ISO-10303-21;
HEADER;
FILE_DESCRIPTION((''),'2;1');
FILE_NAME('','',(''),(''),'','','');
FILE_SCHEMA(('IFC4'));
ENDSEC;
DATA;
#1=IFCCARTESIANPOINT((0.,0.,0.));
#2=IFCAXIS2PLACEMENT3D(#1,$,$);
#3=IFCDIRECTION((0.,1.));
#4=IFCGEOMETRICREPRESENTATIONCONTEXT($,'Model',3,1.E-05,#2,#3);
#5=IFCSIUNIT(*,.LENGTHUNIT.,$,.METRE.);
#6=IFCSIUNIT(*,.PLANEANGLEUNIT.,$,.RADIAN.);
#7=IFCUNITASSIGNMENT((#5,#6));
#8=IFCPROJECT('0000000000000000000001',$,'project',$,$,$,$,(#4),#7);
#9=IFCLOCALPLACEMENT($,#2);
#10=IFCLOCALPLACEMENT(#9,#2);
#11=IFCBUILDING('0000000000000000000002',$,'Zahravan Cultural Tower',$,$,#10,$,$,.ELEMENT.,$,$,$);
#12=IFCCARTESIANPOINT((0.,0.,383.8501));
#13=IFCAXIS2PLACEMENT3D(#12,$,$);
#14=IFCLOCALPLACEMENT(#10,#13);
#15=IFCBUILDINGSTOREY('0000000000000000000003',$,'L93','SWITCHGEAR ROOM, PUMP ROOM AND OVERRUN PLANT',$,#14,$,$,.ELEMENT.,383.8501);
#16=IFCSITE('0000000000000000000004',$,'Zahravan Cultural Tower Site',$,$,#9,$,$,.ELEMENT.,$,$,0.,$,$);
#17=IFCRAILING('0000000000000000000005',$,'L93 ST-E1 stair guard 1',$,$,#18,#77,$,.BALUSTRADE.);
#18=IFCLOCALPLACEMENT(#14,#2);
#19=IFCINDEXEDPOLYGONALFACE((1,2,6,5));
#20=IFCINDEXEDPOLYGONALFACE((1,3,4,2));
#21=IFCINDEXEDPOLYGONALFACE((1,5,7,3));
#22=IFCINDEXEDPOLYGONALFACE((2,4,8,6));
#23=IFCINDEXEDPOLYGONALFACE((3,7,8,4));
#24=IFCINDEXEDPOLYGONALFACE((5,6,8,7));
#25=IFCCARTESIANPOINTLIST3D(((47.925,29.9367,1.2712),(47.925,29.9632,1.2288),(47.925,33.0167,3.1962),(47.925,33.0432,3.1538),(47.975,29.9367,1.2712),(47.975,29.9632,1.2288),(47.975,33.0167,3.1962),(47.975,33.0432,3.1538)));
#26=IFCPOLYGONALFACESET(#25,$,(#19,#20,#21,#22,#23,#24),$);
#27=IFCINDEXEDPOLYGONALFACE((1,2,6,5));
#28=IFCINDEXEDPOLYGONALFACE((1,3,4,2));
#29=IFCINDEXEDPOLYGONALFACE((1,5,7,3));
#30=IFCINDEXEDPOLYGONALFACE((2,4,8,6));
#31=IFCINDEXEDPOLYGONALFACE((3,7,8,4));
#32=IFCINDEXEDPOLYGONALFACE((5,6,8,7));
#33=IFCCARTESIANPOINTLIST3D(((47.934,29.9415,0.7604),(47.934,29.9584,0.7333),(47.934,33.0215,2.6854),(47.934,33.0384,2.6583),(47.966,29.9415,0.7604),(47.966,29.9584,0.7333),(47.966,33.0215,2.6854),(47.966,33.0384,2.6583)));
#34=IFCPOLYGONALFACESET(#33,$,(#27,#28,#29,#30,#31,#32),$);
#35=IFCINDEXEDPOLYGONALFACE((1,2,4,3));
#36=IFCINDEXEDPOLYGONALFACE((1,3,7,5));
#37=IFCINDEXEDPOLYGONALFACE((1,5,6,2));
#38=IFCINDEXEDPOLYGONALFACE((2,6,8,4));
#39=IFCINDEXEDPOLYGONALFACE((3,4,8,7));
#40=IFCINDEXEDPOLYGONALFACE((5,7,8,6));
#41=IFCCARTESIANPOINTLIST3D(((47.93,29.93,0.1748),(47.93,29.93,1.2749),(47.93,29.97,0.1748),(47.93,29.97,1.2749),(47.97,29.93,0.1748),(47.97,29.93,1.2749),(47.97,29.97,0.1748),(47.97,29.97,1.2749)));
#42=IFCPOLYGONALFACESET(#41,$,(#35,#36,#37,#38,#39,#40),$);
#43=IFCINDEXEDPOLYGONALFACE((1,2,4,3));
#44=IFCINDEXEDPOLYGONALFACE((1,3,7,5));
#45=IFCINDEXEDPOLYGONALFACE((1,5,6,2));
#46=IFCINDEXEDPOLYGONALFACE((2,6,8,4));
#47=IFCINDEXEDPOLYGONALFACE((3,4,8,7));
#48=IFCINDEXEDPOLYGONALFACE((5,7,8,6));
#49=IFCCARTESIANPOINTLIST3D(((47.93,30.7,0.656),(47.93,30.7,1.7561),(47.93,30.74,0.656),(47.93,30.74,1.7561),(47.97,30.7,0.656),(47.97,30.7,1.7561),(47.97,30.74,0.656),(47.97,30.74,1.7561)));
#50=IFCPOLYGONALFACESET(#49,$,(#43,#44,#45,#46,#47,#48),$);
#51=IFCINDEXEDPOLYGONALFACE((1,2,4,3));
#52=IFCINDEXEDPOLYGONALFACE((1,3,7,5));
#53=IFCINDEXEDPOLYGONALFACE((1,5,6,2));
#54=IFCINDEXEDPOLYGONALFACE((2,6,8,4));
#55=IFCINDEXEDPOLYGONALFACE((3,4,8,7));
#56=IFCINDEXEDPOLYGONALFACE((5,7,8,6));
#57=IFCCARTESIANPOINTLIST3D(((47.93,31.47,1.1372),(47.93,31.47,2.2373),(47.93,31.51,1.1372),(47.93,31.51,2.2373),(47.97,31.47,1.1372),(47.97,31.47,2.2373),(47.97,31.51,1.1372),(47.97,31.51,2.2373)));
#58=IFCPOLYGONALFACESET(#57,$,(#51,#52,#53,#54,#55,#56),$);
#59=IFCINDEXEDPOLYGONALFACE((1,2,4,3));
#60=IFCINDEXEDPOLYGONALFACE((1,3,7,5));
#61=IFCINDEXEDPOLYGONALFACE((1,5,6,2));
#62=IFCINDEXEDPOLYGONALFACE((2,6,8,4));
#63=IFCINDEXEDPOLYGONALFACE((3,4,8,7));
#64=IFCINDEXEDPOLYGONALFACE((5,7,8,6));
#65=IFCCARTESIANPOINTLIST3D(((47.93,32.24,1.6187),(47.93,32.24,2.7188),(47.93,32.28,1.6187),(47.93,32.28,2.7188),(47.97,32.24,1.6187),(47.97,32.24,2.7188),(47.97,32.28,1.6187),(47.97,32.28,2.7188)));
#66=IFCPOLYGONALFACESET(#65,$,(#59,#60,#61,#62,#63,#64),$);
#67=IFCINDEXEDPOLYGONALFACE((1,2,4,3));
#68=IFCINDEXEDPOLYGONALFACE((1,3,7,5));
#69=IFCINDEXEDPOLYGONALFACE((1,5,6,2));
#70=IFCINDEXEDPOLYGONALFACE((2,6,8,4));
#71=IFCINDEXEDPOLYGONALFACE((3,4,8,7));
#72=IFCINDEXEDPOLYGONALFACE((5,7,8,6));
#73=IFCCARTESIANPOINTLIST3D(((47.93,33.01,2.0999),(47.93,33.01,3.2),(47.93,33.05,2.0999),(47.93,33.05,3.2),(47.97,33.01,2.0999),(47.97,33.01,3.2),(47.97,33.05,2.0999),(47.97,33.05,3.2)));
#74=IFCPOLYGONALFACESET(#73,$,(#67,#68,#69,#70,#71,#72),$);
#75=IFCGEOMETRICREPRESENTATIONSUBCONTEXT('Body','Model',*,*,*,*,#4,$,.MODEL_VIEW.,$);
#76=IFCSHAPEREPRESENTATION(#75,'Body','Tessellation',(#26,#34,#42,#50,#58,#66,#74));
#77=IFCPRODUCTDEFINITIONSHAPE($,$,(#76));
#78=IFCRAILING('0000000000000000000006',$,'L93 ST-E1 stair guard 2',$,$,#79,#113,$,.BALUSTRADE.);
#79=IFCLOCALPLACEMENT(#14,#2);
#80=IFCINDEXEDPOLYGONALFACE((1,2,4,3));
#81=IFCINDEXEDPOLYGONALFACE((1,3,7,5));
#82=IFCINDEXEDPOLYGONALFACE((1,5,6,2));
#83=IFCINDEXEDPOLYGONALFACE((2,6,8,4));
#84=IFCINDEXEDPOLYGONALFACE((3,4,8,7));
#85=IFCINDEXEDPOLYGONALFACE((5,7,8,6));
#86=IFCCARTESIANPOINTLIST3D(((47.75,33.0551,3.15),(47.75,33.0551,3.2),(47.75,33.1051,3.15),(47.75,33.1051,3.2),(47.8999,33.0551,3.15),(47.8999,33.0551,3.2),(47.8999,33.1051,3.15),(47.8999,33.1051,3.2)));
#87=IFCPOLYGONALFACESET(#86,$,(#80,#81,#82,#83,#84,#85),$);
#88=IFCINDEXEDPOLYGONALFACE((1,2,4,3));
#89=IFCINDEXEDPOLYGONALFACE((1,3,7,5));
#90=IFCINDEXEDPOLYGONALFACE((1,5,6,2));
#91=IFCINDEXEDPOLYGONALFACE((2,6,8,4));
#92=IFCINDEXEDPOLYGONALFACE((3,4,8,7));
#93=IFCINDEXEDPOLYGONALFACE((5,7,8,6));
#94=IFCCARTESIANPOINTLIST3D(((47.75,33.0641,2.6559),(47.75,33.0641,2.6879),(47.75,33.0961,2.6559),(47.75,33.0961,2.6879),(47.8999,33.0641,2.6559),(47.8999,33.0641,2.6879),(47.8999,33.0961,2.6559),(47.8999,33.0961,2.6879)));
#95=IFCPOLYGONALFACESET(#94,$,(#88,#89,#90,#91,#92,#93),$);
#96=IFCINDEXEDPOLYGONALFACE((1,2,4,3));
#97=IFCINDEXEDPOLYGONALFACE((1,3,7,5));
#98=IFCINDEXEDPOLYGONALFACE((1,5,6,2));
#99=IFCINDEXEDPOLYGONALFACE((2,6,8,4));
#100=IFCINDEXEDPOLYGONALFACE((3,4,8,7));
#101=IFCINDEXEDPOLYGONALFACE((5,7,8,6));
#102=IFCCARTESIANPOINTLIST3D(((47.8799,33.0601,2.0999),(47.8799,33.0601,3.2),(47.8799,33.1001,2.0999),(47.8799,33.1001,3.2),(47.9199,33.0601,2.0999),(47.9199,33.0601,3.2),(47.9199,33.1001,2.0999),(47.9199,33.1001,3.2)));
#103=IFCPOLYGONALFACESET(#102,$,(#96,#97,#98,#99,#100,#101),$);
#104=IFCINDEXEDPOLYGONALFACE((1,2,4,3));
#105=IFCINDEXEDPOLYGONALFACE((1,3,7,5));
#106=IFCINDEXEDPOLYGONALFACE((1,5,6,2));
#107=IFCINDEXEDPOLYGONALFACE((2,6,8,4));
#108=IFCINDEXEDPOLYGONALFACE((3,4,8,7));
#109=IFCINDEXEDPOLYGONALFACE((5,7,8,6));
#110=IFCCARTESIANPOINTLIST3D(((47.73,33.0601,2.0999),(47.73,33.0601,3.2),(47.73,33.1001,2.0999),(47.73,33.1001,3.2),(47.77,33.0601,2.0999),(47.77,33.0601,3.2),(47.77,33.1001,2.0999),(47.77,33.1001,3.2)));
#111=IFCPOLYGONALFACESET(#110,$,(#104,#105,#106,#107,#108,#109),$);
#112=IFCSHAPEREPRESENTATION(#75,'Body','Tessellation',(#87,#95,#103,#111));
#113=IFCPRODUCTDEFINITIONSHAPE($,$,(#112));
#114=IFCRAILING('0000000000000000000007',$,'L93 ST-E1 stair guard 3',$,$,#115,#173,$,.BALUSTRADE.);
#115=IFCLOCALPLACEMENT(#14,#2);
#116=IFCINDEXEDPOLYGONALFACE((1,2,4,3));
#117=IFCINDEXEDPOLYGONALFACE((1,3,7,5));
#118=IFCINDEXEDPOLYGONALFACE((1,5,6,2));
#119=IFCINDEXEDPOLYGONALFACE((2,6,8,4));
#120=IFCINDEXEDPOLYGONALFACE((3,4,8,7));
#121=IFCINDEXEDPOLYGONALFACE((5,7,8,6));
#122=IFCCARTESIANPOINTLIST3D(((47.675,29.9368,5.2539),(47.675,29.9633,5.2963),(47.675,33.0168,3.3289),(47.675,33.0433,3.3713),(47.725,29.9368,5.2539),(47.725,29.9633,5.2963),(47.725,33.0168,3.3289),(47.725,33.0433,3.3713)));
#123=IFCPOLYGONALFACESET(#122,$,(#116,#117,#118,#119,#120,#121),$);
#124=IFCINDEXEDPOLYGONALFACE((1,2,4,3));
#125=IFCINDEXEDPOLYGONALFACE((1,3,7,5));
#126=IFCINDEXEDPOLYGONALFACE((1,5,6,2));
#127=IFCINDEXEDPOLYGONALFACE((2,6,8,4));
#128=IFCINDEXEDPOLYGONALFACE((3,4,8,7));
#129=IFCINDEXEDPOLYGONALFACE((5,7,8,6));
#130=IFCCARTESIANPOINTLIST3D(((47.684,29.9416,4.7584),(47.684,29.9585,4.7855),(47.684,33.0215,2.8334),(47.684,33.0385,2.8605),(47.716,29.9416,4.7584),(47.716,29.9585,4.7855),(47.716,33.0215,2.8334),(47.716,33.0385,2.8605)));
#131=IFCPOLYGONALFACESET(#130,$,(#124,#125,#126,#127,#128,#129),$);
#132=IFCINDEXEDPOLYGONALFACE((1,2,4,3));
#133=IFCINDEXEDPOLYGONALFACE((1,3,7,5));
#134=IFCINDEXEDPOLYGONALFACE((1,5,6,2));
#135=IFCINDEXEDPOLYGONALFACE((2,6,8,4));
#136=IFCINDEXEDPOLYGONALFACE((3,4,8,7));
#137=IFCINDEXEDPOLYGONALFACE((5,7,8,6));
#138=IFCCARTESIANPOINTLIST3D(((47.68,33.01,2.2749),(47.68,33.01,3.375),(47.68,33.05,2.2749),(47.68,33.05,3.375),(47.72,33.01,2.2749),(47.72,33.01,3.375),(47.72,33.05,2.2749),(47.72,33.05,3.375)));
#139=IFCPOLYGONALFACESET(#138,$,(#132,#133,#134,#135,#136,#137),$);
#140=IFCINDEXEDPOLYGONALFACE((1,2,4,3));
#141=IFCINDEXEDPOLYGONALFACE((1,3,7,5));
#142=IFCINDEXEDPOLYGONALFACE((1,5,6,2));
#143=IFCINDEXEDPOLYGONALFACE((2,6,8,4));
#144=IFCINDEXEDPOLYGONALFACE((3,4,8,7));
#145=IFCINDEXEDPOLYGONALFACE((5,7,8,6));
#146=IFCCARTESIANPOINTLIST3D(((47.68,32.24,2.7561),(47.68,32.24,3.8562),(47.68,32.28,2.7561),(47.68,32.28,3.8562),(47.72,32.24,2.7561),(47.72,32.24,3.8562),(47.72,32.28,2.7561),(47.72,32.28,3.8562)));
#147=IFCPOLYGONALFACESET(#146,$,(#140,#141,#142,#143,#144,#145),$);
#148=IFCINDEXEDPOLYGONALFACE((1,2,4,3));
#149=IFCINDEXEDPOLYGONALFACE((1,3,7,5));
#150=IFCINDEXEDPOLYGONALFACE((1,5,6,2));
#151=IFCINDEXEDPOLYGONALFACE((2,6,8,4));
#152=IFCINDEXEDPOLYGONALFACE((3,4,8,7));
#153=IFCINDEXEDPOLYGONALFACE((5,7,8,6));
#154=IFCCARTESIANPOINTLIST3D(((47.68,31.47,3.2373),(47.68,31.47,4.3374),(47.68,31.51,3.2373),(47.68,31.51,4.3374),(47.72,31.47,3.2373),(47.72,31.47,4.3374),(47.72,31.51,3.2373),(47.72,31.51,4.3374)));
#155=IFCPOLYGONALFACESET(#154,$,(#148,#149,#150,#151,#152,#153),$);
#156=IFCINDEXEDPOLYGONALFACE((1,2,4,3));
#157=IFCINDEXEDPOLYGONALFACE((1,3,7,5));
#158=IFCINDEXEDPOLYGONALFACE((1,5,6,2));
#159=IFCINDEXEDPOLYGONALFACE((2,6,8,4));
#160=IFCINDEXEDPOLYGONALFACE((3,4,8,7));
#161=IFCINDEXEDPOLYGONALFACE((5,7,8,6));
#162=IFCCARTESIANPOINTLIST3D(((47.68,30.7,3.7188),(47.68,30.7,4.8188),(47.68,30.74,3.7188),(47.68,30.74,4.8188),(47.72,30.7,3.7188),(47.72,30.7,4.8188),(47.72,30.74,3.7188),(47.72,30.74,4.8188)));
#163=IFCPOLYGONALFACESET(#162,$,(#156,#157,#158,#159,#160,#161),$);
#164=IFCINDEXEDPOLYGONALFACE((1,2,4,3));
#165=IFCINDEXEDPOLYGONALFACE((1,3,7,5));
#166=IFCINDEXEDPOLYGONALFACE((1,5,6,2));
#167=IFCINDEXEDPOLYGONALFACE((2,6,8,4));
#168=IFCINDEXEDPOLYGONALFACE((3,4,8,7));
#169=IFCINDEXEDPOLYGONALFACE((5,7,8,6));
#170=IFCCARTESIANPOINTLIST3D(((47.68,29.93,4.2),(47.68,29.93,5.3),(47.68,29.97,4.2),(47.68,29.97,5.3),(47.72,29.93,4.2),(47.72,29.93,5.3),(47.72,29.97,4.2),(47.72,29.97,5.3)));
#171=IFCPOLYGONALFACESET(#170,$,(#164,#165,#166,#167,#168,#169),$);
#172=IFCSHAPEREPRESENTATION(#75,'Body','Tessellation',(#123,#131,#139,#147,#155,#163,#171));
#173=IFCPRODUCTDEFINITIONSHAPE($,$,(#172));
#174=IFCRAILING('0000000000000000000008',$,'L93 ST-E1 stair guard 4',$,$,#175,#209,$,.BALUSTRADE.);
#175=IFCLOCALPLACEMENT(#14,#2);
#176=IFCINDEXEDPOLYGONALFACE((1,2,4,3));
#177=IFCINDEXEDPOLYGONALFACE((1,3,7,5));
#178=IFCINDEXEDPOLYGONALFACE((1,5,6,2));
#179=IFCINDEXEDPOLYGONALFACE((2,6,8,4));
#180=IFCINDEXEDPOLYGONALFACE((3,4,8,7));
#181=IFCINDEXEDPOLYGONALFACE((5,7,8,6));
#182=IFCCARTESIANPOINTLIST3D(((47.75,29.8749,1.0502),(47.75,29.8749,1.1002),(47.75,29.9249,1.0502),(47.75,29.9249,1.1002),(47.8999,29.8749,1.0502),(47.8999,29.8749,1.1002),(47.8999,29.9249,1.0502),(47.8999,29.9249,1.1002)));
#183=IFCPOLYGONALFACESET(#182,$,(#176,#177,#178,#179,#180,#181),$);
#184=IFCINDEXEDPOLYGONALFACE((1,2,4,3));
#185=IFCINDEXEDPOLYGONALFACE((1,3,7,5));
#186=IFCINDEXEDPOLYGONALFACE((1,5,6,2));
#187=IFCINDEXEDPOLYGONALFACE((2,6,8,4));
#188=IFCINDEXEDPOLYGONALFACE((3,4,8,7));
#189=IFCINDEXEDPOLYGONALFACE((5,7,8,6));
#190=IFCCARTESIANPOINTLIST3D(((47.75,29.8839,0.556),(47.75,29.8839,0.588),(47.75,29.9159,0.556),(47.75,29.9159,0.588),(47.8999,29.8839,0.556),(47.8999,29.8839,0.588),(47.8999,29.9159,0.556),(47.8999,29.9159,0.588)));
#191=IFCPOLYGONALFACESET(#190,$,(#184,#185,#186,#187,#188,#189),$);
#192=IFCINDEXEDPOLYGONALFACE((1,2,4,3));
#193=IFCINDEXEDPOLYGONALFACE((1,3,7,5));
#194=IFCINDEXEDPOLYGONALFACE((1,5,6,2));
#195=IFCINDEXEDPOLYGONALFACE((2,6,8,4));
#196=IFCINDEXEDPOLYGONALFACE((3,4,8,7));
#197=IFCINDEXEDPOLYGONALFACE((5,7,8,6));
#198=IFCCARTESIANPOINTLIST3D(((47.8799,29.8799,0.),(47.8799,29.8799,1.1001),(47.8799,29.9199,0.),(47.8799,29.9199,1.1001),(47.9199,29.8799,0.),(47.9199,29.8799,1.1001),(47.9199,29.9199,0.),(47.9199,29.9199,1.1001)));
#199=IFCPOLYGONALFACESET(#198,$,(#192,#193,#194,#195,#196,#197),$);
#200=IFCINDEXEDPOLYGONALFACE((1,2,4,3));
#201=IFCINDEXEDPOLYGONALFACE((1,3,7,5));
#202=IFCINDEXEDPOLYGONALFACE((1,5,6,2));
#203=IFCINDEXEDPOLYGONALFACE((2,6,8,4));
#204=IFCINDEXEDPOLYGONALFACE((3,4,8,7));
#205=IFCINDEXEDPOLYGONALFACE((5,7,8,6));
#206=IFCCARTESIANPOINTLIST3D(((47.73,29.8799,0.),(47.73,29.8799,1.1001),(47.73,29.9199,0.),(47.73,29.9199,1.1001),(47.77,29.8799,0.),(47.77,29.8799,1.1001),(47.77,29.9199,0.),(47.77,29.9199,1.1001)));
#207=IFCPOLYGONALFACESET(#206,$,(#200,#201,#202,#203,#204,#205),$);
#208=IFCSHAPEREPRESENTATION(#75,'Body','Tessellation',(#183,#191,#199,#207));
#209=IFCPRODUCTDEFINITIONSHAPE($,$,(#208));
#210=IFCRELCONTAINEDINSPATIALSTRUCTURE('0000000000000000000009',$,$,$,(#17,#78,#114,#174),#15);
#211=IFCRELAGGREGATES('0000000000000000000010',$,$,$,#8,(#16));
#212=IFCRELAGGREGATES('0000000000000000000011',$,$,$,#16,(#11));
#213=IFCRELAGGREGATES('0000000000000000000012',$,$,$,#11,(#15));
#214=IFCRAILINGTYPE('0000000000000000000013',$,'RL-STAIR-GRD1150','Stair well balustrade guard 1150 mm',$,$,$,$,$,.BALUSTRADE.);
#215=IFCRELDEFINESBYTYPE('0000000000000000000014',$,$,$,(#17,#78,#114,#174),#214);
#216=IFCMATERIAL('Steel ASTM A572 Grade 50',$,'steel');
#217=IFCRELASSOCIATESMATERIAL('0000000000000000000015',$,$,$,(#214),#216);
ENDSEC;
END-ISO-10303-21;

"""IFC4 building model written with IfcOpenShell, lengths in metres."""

from ifc_helpers import new_model, si_unit, direction, frame, origin, origin_2d, place, context, subcontext, project, spatial, rectangle, extrude, material, type_object, element, save


model = new_model("IFC4")

# Units and contexts
model_context = context("Model", 3, precision=1e-05, world=origin(), true_north=direction((0.0, 1.0)))
body_context = subcontext(model_context, "Body", "Model", "MODEL_VIEW")
ifc_project = project(units=[si_unit("LENGTHUNIT", "METRE"), si_unit("PLANEANGLEUNIT", "RADIAN")], contexts=[model_context])

# Site, building, storey
site_placement = place(None, origin())
site = spatial("IfcSite", under=ifc_project, at=site_placement, Name="Zahravan Cultural Tower Site", CompositionType="ELEMENT", RefElevation=0.0)
building_placement = place(site_placement, origin())
building = spatial("IfcBuilding", under=site, at=building_placement, Name="Zahravan Cultural Tower", CompositionType="ELEMENT")
storey_placement = place(building_placement, frame((0.0, 0.0, 383.8501)))
storey = spatial("IfcBuildingStorey", under=building, at=storey_placement, Name="L93", Description="SWITCHGEAR ROOM, PUMP ROOM AND OVERRUN PLANT", CompositionType="ELEMENT", Elevation=383.8501)

# Railings
ifc_material_1 = material(Name="Steel ASTM A572 Grade 50", Category="steel")
railing_type_1 = type_object("IfcRailingType", Name="RL-STAIR-GRD1150", Description="Stair well balustrade guard 1150 mm", PredefinedType="BALUSTRADE", material=ifc_material_1)
railing_1_placement = place(storey_placement, frame((47.95, 29.95, 0.1748)))
element("IfcRailing", 1, at=railing_1_placement, inside=storey, type_object=railing_type_1, Name="L93 ST-E1 stair guard 1", PredefinedType="BALUSTRADE", context=body_context, shape_type="SweptSolid", body=[
    extrude(rectangle(XDim=0.05, YDim=0.05, at=origin_2d()), frame((0.0, 0.0, 1.0752), z_axis=(0.0, 0.847998, 0.529999), x_axis=(-1.0, 0.0, 0.0)), (0.0, 0.0, 1.0), 3.6321),
    extrude(rectangle(XDim=0.032, YDim=0.032, at=origin_2d()), frame((0.0, 0.0, 0.572), z_axis=(0.0, 0.847998, 0.529999), x_axis=(-1.0, 0.0, 0.0)), (0.0, 0.0, 1.0), 3.6321),
    extrude(rectangle(XDim=0.04, YDim=0.04, at=origin_2d()), origin(), (0.0, 0.0, 1.0), 1.1001),
    extrude(rectangle(XDim=0.04, YDim=0.04, at=origin_2d()), frame((0.0, 0.77, 0.4812)), (0.0, 0.0, 1.0), 1.1001),
    extrude(rectangle(XDim=0.04, YDim=0.04, at=origin_2d()), frame((0.0, 1.54, 0.9624)), (0.0, 0.0, 1.0), 1.1001),
    extrude(rectangle(XDim=0.04, YDim=0.04, at=origin_2d()), frame((0.0, 2.3101, 1.4438)), (0.0, 0.0, 1.0), 1.1001),
    extrude(rectangle(XDim=0.04, YDim=0.04, at=origin_2d()), frame((0.0, 3.0801, 1.925)), (0.0, 0.0, 1.0), 1.1001),
])
railing_2_placement = place(storey_placement, frame((47.8999, 33.0801, 2.0999)))
element("IfcRailing", 2, at=railing_2_placement, inside=storey, type_object=railing_type_1, Name="L93 ST-E1 stair guard 2", PredefinedType="BALUSTRADE", context=body_context, shape_type="SweptSolid", body=[
    extrude(rectangle(XDim=0.05, YDim=0.05, at=origin_2d()), frame((0.0, 0.0, 1.0752), z_axis=(-1.0, 0.0, 0.0), x_axis=(0.0, -1.0, 0.0)), (0.0, 0.0, 1.0), 0.1499),
    extrude(rectangle(XDim=0.032, YDim=0.032, at=origin_2d()), frame((0.0, 0.0, 0.572), z_axis=(-1.0, 0.0, 0.0), x_axis=(0.0, -1.0, 0.0)), (0.0, 0.0, 1.0), 0.1499),
    extrude(rectangle(XDim=0.04, YDim=0.04, at=origin_2d()), origin(), (0.0, 0.0, 1.0), 1.1001),
    extrude(rectangle(XDim=0.04, YDim=0.04, at=origin_2d()), frame((-0.1499, 0.0, 0.0)), (0.0, 0.0, 1.0), 1.1001),
])
railing_3_placement = place(storey_placement, frame((47.7, 33.03, 2.2749)))
element("IfcRailing", 3, at=railing_3_placement, inside=storey, type_object=railing_type_1, Name="L93 ST-E1 stair guard 3", PredefinedType="BALUSTRADE", context=body_context, shape_type="SweptSolid", body=[
    extrude(rectangle(XDim=0.05, YDim=0.05, at=origin_2d()), frame((0.0, 0.0, 1.0752), z_axis=(0.0, -0.847998, 0.529999), x_axis=(1.0, 0.0, 0.0)), (0.0, 0.0, 1.0), 3.6321),
    extrude(rectangle(XDim=0.032, YDim=0.032, at=origin_2d()), frame((0.0, 0.0, 0.572), z_axis=(0.0, -0.847998, 0.529999), x_axis=(1.0, 0.0, 0.0)), (0.0, 0.0, 1.0), 3.6321),
    extrude(rectangle(XDim=0.04, YDim=0.04, at=origin_2d()), origin(), (0.0, 0.0, 1.0), 1.1001),
    extrude(rectangle(XDim=0.04, YDim=0.04, at=origin_2d()), frame((0.0, -0.77, 0.4812)), (0.0, 0.0, 1.0), 1.1001),
    extrude(rectangle(XDim=0.04, YDim=0.04, at=origin_2d()), frame((0.0, -1.54, 0.9624)), (0.0, 0.0, 1.0), 1.1001),
    extrude(rectangle(XDim=0.04, YDim=0.04, at=origin_2d()), frame((0.0, -2.3101, 1.4438)), (0.0, 0.0, 1.0), 1.1001),
    extrude(rectangle(XDim=0.04, YDim=0.04, at=origin_2d()), frame((0.0, -3.0801, 1.925)), (0.0, 0.0, 1.0), 1.1001),
])
railing_4_placement = place(storey_placement, frame((47.8999, 29.8999, 0.0)))
element("IfcRailing", 4, at=railing_4_placement, inside=storey, type_object=railing_type_1, Name="L93 ST-E1 stair guard 4", PredefinedType="BALUSTRADE", context=body_context, shape_type="SweptSolid", body=[
    extrude(rectangle(XDim=0.05, YDim=0.05, at=origin_2d()), frame((0.0, 0.0, 1.0752), z_axis=(-1.0, 0.0, 0.0), x_axis=(0.0, -1.0, 0.0)), (0.0, 0.0, 1.0), 0.1499),
    extrude(rectangle(XDim=0.032, YDim=0.032, at=origin_2d()), frame((0.0, 0.0, 0.572), z_axis=(-1.0, 0.0, 0.0), x_axis=(0.0, -1.0, 0.0)), (0.0, 0.0, 1.0), 0.1499),
    extrude(rectangle(XDim=0.04, YDim=0.04, at=origin_2d()), origin(), (0.0, 0.0, 1.0), 1.1001),
    extrude(rectangle(XDim=0.04, YDim=0.04, at=origin_2d()), frame((-0.1499, 0.0, 0.0)), (0.0, 0.0, 1.0), 1.1001),
])

save(model, "model.ifc")
